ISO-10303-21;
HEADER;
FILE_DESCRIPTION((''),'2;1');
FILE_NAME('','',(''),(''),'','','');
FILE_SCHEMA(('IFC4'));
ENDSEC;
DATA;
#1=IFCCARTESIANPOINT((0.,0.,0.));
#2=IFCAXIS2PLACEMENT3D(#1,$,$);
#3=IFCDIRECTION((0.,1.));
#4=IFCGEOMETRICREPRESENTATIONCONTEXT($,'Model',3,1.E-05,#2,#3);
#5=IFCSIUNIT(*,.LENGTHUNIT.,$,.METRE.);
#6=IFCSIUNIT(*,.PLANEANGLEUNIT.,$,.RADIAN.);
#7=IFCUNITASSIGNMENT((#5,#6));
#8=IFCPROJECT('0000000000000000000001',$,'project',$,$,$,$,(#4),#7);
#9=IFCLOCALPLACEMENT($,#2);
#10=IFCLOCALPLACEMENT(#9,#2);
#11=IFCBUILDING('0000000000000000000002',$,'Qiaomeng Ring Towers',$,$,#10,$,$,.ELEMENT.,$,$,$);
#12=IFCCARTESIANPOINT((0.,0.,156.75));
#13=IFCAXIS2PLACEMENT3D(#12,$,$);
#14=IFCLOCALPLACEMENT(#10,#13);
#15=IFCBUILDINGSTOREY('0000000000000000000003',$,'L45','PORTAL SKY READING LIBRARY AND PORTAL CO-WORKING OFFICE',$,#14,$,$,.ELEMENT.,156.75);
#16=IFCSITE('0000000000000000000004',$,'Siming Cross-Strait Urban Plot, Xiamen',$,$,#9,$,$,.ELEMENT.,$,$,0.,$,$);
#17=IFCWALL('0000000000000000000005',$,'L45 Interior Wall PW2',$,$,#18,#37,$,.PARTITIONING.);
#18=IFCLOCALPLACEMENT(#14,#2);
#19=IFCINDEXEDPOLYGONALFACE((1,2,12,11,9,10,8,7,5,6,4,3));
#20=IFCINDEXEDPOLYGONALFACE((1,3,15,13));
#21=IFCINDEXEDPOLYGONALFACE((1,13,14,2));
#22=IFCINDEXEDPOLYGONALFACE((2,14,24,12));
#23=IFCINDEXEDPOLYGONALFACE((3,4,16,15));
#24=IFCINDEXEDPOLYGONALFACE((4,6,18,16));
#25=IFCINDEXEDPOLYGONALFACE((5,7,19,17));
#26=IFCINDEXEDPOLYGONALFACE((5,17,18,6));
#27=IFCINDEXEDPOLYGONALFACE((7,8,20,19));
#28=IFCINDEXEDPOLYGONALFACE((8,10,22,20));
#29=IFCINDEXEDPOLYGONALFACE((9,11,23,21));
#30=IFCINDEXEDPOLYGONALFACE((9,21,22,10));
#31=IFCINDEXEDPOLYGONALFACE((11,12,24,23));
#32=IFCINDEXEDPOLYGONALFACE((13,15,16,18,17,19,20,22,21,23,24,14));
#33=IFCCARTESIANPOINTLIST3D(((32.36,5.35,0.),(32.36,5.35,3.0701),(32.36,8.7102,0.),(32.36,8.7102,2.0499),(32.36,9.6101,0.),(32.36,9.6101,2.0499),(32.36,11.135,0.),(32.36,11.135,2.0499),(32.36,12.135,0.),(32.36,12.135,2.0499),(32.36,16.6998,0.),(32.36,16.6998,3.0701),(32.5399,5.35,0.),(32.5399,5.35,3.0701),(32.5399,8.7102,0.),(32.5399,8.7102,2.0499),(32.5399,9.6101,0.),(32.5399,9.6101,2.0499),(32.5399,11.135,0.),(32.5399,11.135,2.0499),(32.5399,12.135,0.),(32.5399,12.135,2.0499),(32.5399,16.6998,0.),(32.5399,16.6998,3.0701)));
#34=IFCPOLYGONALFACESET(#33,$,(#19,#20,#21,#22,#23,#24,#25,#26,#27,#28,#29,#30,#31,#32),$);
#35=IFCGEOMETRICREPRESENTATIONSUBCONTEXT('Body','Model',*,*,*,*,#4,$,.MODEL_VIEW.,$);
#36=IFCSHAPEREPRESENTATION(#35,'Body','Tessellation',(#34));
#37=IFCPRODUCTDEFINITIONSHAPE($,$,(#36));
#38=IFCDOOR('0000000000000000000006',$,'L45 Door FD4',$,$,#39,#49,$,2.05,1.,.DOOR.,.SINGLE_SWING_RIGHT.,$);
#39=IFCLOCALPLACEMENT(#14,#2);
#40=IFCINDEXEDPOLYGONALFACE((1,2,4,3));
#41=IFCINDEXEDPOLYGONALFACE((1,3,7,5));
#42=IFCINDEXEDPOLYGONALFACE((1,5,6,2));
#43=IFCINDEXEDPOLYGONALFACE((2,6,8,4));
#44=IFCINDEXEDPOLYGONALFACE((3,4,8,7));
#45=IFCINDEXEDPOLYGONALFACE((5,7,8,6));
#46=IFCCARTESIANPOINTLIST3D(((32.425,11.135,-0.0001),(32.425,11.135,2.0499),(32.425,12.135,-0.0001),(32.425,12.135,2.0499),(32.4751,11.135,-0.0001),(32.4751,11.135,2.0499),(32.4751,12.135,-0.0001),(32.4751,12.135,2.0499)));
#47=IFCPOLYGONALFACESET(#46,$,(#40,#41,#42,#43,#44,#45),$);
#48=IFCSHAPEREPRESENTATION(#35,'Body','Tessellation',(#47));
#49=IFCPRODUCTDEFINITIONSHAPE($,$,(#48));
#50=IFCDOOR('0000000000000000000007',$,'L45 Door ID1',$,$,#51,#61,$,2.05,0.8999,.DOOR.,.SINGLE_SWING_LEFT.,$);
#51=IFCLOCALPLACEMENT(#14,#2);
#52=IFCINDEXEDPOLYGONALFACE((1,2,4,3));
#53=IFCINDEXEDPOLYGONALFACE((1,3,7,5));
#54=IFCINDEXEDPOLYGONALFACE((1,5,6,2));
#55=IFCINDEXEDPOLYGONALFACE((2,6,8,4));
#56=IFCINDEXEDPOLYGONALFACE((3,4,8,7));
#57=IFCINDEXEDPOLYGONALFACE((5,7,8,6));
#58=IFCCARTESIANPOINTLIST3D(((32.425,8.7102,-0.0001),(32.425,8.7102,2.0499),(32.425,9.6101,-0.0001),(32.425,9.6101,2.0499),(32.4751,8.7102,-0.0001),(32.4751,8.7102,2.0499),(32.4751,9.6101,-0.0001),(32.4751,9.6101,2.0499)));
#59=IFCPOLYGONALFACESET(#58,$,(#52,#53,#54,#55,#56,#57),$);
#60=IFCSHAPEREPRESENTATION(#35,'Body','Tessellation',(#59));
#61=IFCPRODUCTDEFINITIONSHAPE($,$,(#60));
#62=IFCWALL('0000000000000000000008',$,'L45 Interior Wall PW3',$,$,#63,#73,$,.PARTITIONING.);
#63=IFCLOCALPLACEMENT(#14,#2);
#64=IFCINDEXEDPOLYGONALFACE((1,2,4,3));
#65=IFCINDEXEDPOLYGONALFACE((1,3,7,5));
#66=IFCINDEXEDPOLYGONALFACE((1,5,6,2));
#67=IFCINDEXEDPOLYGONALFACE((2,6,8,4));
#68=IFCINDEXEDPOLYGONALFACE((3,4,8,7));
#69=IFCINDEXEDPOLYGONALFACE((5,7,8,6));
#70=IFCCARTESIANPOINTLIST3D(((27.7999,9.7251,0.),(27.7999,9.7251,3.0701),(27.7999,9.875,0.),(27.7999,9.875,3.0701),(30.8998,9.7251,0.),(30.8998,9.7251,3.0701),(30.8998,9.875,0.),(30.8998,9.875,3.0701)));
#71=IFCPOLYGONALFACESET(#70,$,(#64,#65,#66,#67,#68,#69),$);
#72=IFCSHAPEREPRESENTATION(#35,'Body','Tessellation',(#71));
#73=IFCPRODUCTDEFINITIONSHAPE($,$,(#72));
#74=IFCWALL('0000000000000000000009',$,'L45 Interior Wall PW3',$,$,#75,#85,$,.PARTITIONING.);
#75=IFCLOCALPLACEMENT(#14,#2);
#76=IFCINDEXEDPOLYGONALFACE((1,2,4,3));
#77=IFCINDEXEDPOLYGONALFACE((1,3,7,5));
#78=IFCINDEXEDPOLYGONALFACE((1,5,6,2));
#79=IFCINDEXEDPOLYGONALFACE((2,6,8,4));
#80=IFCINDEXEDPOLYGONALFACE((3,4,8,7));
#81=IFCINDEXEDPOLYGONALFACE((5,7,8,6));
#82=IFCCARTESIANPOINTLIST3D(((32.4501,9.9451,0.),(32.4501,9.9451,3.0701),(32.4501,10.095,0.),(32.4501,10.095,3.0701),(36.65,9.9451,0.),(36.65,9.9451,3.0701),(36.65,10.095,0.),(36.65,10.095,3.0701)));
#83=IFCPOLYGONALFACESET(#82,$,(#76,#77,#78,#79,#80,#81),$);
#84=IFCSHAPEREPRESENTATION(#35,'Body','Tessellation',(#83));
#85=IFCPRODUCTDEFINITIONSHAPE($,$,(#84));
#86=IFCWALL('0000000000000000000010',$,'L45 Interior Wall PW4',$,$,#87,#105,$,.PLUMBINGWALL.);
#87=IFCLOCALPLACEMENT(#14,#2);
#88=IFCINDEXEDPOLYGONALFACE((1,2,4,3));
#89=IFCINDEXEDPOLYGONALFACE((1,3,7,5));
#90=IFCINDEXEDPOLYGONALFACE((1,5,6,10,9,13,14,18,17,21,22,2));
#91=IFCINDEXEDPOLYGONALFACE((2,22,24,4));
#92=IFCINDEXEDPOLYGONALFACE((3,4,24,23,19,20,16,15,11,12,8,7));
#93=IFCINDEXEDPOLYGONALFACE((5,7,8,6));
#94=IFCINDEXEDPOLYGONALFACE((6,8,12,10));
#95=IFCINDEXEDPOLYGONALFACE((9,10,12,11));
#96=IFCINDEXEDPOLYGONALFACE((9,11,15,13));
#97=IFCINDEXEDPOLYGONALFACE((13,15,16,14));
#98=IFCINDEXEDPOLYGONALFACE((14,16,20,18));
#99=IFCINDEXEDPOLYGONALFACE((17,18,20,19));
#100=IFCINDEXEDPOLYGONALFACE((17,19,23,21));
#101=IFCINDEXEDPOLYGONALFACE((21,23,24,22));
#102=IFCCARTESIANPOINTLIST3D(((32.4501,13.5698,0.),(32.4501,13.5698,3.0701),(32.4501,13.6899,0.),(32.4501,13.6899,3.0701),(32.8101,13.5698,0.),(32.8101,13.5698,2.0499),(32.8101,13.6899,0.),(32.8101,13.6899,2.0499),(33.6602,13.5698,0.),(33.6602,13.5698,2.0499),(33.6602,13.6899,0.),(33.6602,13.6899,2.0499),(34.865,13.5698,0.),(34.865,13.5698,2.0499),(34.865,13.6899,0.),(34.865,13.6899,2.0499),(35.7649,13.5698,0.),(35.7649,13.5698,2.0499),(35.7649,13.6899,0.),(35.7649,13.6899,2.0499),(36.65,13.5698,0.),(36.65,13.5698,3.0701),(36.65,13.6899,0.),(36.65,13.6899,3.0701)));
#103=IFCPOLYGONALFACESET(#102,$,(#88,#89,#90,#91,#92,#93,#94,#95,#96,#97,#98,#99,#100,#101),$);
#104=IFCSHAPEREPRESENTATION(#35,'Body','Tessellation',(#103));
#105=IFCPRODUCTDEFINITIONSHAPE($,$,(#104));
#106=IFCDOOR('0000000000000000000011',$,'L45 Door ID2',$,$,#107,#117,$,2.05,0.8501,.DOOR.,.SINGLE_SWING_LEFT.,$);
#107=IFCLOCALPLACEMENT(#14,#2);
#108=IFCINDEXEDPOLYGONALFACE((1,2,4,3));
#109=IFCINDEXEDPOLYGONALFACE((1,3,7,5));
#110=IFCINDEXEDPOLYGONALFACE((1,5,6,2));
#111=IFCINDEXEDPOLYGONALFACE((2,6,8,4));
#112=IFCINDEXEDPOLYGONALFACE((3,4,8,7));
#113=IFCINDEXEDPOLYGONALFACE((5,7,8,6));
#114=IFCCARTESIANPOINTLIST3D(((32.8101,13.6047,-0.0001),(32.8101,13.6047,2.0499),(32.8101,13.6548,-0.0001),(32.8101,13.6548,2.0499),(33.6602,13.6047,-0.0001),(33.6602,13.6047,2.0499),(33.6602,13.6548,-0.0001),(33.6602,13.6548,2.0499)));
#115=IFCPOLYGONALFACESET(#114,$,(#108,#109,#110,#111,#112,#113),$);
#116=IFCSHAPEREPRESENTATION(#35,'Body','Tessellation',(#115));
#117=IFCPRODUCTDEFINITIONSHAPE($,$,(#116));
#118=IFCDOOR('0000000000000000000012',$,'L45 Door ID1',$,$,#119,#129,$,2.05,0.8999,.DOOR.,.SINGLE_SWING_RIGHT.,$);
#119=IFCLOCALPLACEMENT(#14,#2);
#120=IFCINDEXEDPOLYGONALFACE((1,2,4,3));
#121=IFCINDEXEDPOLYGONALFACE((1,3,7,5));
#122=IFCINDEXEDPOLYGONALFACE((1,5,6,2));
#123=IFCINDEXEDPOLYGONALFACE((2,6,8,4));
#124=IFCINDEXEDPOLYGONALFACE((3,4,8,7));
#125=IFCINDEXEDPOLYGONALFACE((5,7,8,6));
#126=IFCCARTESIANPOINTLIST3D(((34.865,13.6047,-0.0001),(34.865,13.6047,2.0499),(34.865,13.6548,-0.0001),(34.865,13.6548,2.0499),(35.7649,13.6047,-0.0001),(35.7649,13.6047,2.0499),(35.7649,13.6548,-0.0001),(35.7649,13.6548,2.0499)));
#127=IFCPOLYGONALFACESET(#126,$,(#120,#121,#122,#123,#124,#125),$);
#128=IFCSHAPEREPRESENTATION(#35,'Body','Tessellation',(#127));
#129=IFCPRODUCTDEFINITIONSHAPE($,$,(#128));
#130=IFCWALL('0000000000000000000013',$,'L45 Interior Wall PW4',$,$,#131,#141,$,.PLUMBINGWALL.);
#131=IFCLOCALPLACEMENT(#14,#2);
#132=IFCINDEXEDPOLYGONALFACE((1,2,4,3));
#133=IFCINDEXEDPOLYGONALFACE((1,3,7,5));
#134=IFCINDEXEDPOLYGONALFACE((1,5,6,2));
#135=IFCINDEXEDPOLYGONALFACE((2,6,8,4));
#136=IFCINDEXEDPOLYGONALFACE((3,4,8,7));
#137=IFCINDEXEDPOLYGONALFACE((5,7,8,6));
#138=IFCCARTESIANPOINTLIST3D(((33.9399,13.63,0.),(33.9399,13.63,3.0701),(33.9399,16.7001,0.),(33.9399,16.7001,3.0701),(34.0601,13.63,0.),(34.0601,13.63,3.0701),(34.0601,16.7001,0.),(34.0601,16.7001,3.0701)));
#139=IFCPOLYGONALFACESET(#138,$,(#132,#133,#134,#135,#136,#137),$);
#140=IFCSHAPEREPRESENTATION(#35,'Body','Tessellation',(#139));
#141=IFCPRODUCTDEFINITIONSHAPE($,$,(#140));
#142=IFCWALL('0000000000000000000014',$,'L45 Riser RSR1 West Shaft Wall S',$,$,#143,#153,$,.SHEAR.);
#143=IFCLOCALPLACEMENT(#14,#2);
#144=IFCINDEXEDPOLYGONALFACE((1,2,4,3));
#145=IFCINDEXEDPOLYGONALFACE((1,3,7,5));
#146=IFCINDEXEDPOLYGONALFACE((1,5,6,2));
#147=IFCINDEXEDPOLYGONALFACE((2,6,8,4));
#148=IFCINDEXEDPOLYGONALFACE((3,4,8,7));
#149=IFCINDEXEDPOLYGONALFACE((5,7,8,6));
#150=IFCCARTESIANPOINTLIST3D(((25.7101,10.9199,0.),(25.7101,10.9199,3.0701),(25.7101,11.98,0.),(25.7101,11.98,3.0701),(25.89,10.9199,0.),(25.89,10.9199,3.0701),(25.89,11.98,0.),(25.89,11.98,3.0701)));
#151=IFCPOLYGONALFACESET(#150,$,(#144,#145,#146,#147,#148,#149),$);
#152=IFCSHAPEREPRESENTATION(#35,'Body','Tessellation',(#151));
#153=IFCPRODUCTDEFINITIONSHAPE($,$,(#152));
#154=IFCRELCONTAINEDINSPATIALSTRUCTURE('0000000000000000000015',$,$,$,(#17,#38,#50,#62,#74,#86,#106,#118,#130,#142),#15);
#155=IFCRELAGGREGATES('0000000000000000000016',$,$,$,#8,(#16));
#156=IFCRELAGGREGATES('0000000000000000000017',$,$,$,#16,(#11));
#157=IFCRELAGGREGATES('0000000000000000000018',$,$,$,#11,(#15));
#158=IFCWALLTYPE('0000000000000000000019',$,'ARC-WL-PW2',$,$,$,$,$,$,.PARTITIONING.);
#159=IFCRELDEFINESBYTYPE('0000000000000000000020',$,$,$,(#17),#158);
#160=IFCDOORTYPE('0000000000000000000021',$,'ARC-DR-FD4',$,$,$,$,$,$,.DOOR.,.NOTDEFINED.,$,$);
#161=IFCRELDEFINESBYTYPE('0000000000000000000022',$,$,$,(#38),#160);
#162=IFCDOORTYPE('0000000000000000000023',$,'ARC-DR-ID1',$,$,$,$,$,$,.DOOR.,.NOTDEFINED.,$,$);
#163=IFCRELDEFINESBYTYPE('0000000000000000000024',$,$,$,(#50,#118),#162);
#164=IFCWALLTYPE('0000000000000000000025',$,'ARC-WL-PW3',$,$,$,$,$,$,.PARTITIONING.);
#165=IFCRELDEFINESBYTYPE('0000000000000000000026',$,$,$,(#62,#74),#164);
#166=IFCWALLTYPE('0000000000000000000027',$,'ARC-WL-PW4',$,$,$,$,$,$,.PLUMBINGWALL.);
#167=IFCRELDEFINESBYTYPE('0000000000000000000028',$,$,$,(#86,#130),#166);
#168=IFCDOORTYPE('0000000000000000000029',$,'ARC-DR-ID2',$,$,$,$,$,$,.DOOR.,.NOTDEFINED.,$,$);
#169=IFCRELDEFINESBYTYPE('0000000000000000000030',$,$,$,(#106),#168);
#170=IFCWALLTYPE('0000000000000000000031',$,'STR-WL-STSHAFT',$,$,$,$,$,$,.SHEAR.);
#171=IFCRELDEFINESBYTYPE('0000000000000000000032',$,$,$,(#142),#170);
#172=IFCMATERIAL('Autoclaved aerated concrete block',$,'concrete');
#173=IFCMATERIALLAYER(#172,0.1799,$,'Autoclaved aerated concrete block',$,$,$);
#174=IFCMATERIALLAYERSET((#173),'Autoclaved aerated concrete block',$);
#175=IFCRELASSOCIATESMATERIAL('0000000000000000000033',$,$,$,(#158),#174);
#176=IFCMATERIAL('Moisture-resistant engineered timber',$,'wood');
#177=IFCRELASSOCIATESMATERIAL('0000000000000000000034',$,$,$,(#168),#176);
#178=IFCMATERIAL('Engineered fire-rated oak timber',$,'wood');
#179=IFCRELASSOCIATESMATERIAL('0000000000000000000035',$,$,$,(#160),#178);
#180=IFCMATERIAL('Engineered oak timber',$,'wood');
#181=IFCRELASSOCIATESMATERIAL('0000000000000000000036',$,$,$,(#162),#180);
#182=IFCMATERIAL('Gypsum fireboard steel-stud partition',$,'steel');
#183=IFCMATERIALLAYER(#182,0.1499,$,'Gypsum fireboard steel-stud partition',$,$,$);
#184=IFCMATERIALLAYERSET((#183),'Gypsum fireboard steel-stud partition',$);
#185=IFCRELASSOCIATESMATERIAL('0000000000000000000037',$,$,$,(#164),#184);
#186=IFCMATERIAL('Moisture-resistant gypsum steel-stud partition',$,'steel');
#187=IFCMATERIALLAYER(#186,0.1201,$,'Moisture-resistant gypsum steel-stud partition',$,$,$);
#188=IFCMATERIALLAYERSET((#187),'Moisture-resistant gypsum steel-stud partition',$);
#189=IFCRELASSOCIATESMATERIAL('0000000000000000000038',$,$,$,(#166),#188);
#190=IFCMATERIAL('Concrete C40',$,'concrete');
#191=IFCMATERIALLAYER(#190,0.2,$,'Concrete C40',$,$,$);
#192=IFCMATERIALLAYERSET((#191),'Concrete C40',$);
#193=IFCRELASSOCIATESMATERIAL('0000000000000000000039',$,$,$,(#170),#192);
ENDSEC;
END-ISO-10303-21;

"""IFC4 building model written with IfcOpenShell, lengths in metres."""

from ifc_helpers import new_model, si_unit, direction, frame, frame_2d, origin, place, context, subcontext, project, spatial, rectangle, extrude, source, transform, mapped, material, layer, layer_set, type_object, element, fill, save


model = new_model("IFC4")

# Units and contexts
model_context = context("Model", 3, precision=1e-05, world=origin(), true_north=direction((0.0, 1.0)))
body_context = subcontext(model_context, "Body", "Model", "MODEL_VIEW")
ifc_project = project(units=[si_unit("LENGTHUNIT", "METRE"), si_unit("PLANEANGLEUNIT", "RADIAN")], contexts=[model_context])

# Site, building, storey
site_placement = place(None, origin())
site = spatial("IfcSite", under=ifc_project, at=site_placement, Name="Siming Cross-Strait Urban Plot, Xiamen", CompositionType="ELEMENT", RefElevation=0.0)
building_placement = place(site_placement, origin())
building = spatial("IfcBuilding", under=site, at=building_placement, Name="Qiaomeng Ring Towers", CompositionType="ELEMENT")
storey_placement = place(building_placement, frame((0.0, 0.0, 156.75)))
storey = spatial("IfcBuildingStorey", under=building, at=storey_placement, Name="L45", Description="PORTAL SKY READING LIBRARY AND PORTAL CO-WORKING OFFICE", CompositionType="ELEMENT", Elevation=156.75)

# Shared definitions
ifc_material_1 = material(Name="Autoclaved aerated concrete block", Category="concrete")

# Shared definitions
ifc_layer_1 = layer(ifc_material_1, 0.1799, Name="Autoclaved aerated concrete block")
ifc_layer_set_1 = layer_set([ifc_layer_1], Name="Autoclaved aerated concrete block")
wall_type_1 = type_object("IfcWallType", Name="ARC-WL-PW2", PredefinedType="PARTITIONING", material=ifc_layer_set_1)
ifc_material_2 = material(Name="Moisture-resistant engineered timber", Category="wood")
door_type_1 = type_object("IfcDoorType", Name="ARC-DR-ID2", OperationType="NOTDEFINED", PredefinedType="DOOR", material=ifc_material_2)
shared_shape_1 = source(origin(), body_context, "Body", "SweptSolid", [
    extrude(rectangle(XDim=0.8501, YDim=2.05, at=frame_2d((0.425, 1.0249))), frame((0.0, 0.0249, 0.0), z_axis=(0.0, -1.0, 0.0), x_axis=(1.0, 0.0, 0.0)), (0.0, 0.0, 1.0), 0.05),
])

# Wall, openings, doors
wall_1_placement = place(storey_placement, frame((32.45, 5.3501, 0.0), z_axis=(0.0, 0.0, 1.0), x_axis=(0.0, 1.0, 0.0)))
wall_1 = element("IfcWall", 1, at=wall_1_placement, inside=storey, type_object=wall_type_1, Name="L45 Interior Wall PW2", PredefinedType="PARTITIONING", context=body_context, shape_type="SweptSolid", body=[
    extrude(rectangle(XDim=11.3499, YDim=0.1799, at=frame_2d((5.6748, 0.0))), origin(), (0.0, 0.0, 1.0), 3.0701),
])
opening_1_placement = place(wall_1_placement, frame((3.3601, 0.0, 0.0)))
opening_1 = element("IfcOpeningElement", 2, at=opening_1_placement, cuts=wall_1, PredefinedType="OPENING", context=body_context, shape_type="SweptSolid", body=[
    extrude(rectangle(XDim=0.8999, YDim=2.05, at=frame_2d((0.45, 1.0249))), frame((0.0, 0.0999, 0.0), z_axis=(0.0, -1.0, 0.0), x_axis=(1.0, 0.0, 0.0)), (0.0, 0.0, 1.0), 0.2),
])
opening_2_placement = place(wall_1_placement, frame((5.7849, 0.0, 0.0)))
opening_2 = element("IfcOpeningElement", 3, at=opening_2_placement, cuts=wall_1, PredefinedType="OPENING", context=body_context, shape_type="SweptSolid", body=[
    extrude(rectangle(XDim=1.0, YDim=2.05, at=frame_2d((0.5, 1.0249))), frame((0.0, 0.0999, 0.0), z_axis=(0.0, -1.0, 0.0), x_axis=(1.0, 0.0, 0.0)), (0.0, 0.0, 1.0), 0.2),
])
ifc_material_3 = material(Name="Engineered fire-rated oak timber", Category="wood")
door_type_2 = type_object("IfcDoorType", Name="ARC-DR-FD4", OperationType="NOTDEFINED", PredefinedType="DOOR", material=ifc_material_3)
shared_shape_2 = source(origin(), body_context, "Body", "SweptSolid", [
    extrude(rectangle(XDim=1.0, YDim=2.05, at=frame_2d((0.5, 1.0249))), frame((0.0, 0.0249, 0.0), z_axis=(0.0, -1.0, 0.0), x_axis=(1.0, 0.0, 0.0)), (0.0, 0.0, 1.0), 0.05),
])
door_1_placement = place(opening_2_placement, origin())
door_1 = element("IfcDoor", 4, at=door_1_placement, inside=storey, type_object=door_type_2, Name="L45 Door FD4", OperationType="SINGLE_SWING_RIGHT", OverallHeight=2.05, OverallWidth=1.0, PredefinedType="DOOR", context=body_context, shape_type="MappedRepresentation", body=[
    mapped(shared_shape_2, transform((0.0, 0.0, 0.0), x_axis=(1.0, 0.0, 0.0), y_axis=(0.0, 1.0, 0.0), z_axis=(0.0, 0.0, 1.0), scale=1.0)),
])
fill(opening_2, door_1)
ifc_material_4 = material(Name="Engineered oak timber", Category="wood")
door_type_3 = type_object("IfcDoorType", Name="ARC-DR-ID1", OperationType="NOTDEFINED", PredefinedType="DOOR", material=ifc_material_4)
shared_shape_3 = source(origin(), body_context, "Body", "SweptSolid", [
    extrude(rectangle(XDim=0.8999, YDim=2.05, at=frame_2d((0.45, 1.0249))), frame((0.0, 0.0249, 0.0), z_axis=(0.0, -1.0, 0.0), x_axis=(1.0, 0.0, 0.0)), (0.0, 0.0, 1.0), 0.05),
])
door_2_placement = place(opening_1_placement, origin())
door_2 = element("IfcDoor", 5, at=door_2_placement, inside=storey, type_object=door_type_3, Name="L45 Door ID1", OperationType="SINGLE_SWING_LEFT", OverallHeight=2.05, OverallWidth=0.8999, PredefinedType="DOOR", context=body_context, shape_type="MappedRepresentation", body=[
    mapped(shared_shape_3, transform((0.0, 0.0, 0.0), x_axis=(1.0, 0.0, 0.0), y_axis=(0.0, 1.0, 0.0), z_axis=(0.0, 0.0, 1.0), scale=1.0)),
])
fill(opening_1, door_2)

# Walls
ifc_material_5 = material(Name="Gypsum fireboard steel-stud partition", Category="steel")
ifc_layer_2 = layer(ifc_material_5, 0.1499, Name="Gypsum fireboard steel-stud partition")
ifc_layer_set_2 = layer_set([ifc_layer_2], Name="Gypsum fireboard steel-stud partition")
wall_type_2 = type_object("IfcWallType", Name="ARC-WL-PW3", PredefinedType="PARTITIONING", material=ifc_layer_set_2)
wall_2_placement = place(storey_placement, frame((27.8, 9.8, 0.0), z_axis=(0.0, 0.0, 1.0), x_axis=(1.0, 0.0, 0.0)))
element("IfcWall", 6, at=wall_2_placement, inside=storey, type_object=wall_type_2, Name="L45 Interior Wall PW3", PredefinedType="PARTITIONING", context=body_context, shape_type="SweptSolid", body=[
    extrude(rectangle(XDim=3.0999, YDim=0.1499, at=frame_2d((1.5498, 0.0))), origin(), (0.0, 0.0, 1.0), 3.0701),
])
wall_3_placement = place(storey_placement, frame((32.45, 10.02, 0.0), z_axis=(0.0, 0.0, 1.0), x_axis=(1.0, 0.0, 0.0)))
element("IfcWall", 7, at=wall_3_placement, inside=storey, type_object=wall_type_2, Name="L45 Interior Wall PW3", PredefinedType="PARTITIONING", context=body_context, shape_type="SweptSolid", body=[
    extrude(rectangle(XDim=4.2, YDim=0.1499, at=frame_2d((2.1001, 0.0))), origin(), (0.0, 0.0, 1.0), 3.0701),
])

# Wall, openings, doors
ifc_material_6 = material(Name="Moisture-resistant gypsum steel-stud partition", Category="steel")
ifc_layer_3 = layer(ifc_material_6, 0.1201, Name="Moisture-resistant gypsum steel-stud partition")
ifc_layer_set_3 = layer_set([ifc_layer_3], Name="Moisture-resistant gypsum steel-stud partition")
wall_type_3 = type_object("IfcWallType", Name="ARC-WL-PW4", PredefinedType="PLUMBINGWALL", material=ifc_layer_set_3)
wall_4_placement = place(storey_placement, frame((32.45, 13.6299, 0.0), z_axis=(0.0, 0.0, 1.0), x_axis=(1.0, 0.0, 0.0)))
wall_4 = element("IfcWall", 8, at=wall_4_placement, inside=storey, type_object=wall_type_3, Name="L45 Interior Wall PW4", PredefinedType="PLUMBINGWALL", context=body_context, shape_type="SweptSolid", body=[
    extrude(rectangle(XDim=4.2, YDim=0.1201, at=frame_2d((2.1001, 0.0))), origin(), (0.0, 0.0, 1.0), 3.0701),
])
opening_3_placement = place(wall_4_placement, frame((0.3601, 0.0, 0.0)))
opening_3 = element("IfcOpeningElement", 9, at=opening_3_placement, cuts=wall_4, PredefinedType="OPENING", context=body_context, shape_type="SweptSolid", body=[
    extrude(rectangle(XDim=0.8501, YDim=2.05, at=frame_2d((0.425, 1.0249))), frame((0.0, 0.0701, 0.0), z_axis=(0.0, -1.0, 0.0), x_axis=(1.0, 0.0, 0.0)), (0.0, 0.0, 1.0), 0.1401),
])
opening_4_placement = place(wall_4_placement, frame((2.415, 0.0, 0.0)))
opening_4 = element("IfcOpeningElement", 10, at=opening_4_placement, cuts=wall_4, PredefinedType="OPENING", context=body_context, shape_type="SweptSolid", body=[
    extrude(rectangle(XDim=0.8999, YDim=2.05, at=frame_2d((0.45, 1.0249))), frame((0.0, 0.0701, 0.0), z_axis=(0.0, -1.0, 0.0), x_axis=(1.0, 0.0, 0.0)), (0.0, 0.0, 1.0), 0.1401),
])
door_3_placement = place(opening_3_placement, origin())
door_3 = element("IfcDoor", 11, at=door_3_placement, inside=storey, type_object=door_type_1, Name="L45 Door ID2", OperationType="SINGLE_SWING_LEFT", OverallHeight=2.05, OverallWidth=0.8501, PredefinedType="DOOR", context=body_context, shape_type="MappedRepresentation", body=[
    mapped(shared_shape_1, transform((0.0, 0.0, 0.0), x_axis=(1.0, 0.0, 0.0), y_axis=(0.0, 1.0, 0.0), z_axis=(0.0, 0.0, 1.0), scale=1.0)),
])
fill(opening_3, door_3)
door_4_placement = place(opening_4_placement, origin())
door_4 = element("IfcDoor", 12, at=door_4_placement, inside=storey, type_object=door_type_3, Name="L45 Door ID1", OperationType="SINGLE_SWING_RIGHT", OverallHeight=2.05, OverallWidth=0.8999, PredefinedType="DOOR", context=body_context, shape_type="MappedRepresentation", body=[
    mapped(shared_shape_3, transform((0.0, 0.0, 0.0), x_axis=(1.0, 0.0, 0.0), y_axis=(0.0, 1.0, 0.0), z_axis=(0.0, 0.0, 1.0), scale=1.0)),
])
fill(opening_4, door_4)

# Walls
wall_5_placement = place(storey_placement, frame((34.0, 13.6299, 0.0), z_axis=(0.0, 0.0, 1.0), x_axis=(0.0, 1.0, 0.0)))
element("IfcWall", 13, at=wall_5_placement, inside=storey, type_object=wall_type_3, Name="L45 Interior Wall PW4", PredefinedType="PLUMBINGWALL", context=body_context, shape_type="SweptSolid", body=[
    extrude(rectangle(XDim=3.0701, YDim=0.1201, at=frame_2d((1.5352, 0.0))), origin(), (0.0, 0.0, 1.0), 3.0701),
])
ifc_material_7 = material(Name="Concrete C40", Category="concrete")
ifc_layer_4 = layer(ifc_material_7, 0.2, Name="Concrete C40")
ifc_layer_set_4 = layer_set([ifc_layer_4], Name="Concrete C40")
wall_type_4 = type_object("IfcWallType", Name="STR-WL-STSHAFT", PredefinedType="SHEAR", material=ifc_layer_set_4)
wall_6_placement = place(storey_placement, frame((25.8, 10.9199, 0.0), z_axis=(0.0, 0.0, 1.0), x_axis=(0.0, 1.0, 0.0)))
element("IfcWall", 14, at=wall_6_placement, inside=storey, type_object=wall_type_4, Name="L45 Riser RSR1 West Shaft Wall S", PredefinedType="SHEAR", context=body_context, shape_type="SweptSolid", body=[
    extrude(rectangle(XDim=1.0601, YDim=0.1799, at=frame_2d((0.53, 0.0))), origin(), (0.0, 0.0, 1.0), 3.0701),
])

save(model, "model.ifc")
